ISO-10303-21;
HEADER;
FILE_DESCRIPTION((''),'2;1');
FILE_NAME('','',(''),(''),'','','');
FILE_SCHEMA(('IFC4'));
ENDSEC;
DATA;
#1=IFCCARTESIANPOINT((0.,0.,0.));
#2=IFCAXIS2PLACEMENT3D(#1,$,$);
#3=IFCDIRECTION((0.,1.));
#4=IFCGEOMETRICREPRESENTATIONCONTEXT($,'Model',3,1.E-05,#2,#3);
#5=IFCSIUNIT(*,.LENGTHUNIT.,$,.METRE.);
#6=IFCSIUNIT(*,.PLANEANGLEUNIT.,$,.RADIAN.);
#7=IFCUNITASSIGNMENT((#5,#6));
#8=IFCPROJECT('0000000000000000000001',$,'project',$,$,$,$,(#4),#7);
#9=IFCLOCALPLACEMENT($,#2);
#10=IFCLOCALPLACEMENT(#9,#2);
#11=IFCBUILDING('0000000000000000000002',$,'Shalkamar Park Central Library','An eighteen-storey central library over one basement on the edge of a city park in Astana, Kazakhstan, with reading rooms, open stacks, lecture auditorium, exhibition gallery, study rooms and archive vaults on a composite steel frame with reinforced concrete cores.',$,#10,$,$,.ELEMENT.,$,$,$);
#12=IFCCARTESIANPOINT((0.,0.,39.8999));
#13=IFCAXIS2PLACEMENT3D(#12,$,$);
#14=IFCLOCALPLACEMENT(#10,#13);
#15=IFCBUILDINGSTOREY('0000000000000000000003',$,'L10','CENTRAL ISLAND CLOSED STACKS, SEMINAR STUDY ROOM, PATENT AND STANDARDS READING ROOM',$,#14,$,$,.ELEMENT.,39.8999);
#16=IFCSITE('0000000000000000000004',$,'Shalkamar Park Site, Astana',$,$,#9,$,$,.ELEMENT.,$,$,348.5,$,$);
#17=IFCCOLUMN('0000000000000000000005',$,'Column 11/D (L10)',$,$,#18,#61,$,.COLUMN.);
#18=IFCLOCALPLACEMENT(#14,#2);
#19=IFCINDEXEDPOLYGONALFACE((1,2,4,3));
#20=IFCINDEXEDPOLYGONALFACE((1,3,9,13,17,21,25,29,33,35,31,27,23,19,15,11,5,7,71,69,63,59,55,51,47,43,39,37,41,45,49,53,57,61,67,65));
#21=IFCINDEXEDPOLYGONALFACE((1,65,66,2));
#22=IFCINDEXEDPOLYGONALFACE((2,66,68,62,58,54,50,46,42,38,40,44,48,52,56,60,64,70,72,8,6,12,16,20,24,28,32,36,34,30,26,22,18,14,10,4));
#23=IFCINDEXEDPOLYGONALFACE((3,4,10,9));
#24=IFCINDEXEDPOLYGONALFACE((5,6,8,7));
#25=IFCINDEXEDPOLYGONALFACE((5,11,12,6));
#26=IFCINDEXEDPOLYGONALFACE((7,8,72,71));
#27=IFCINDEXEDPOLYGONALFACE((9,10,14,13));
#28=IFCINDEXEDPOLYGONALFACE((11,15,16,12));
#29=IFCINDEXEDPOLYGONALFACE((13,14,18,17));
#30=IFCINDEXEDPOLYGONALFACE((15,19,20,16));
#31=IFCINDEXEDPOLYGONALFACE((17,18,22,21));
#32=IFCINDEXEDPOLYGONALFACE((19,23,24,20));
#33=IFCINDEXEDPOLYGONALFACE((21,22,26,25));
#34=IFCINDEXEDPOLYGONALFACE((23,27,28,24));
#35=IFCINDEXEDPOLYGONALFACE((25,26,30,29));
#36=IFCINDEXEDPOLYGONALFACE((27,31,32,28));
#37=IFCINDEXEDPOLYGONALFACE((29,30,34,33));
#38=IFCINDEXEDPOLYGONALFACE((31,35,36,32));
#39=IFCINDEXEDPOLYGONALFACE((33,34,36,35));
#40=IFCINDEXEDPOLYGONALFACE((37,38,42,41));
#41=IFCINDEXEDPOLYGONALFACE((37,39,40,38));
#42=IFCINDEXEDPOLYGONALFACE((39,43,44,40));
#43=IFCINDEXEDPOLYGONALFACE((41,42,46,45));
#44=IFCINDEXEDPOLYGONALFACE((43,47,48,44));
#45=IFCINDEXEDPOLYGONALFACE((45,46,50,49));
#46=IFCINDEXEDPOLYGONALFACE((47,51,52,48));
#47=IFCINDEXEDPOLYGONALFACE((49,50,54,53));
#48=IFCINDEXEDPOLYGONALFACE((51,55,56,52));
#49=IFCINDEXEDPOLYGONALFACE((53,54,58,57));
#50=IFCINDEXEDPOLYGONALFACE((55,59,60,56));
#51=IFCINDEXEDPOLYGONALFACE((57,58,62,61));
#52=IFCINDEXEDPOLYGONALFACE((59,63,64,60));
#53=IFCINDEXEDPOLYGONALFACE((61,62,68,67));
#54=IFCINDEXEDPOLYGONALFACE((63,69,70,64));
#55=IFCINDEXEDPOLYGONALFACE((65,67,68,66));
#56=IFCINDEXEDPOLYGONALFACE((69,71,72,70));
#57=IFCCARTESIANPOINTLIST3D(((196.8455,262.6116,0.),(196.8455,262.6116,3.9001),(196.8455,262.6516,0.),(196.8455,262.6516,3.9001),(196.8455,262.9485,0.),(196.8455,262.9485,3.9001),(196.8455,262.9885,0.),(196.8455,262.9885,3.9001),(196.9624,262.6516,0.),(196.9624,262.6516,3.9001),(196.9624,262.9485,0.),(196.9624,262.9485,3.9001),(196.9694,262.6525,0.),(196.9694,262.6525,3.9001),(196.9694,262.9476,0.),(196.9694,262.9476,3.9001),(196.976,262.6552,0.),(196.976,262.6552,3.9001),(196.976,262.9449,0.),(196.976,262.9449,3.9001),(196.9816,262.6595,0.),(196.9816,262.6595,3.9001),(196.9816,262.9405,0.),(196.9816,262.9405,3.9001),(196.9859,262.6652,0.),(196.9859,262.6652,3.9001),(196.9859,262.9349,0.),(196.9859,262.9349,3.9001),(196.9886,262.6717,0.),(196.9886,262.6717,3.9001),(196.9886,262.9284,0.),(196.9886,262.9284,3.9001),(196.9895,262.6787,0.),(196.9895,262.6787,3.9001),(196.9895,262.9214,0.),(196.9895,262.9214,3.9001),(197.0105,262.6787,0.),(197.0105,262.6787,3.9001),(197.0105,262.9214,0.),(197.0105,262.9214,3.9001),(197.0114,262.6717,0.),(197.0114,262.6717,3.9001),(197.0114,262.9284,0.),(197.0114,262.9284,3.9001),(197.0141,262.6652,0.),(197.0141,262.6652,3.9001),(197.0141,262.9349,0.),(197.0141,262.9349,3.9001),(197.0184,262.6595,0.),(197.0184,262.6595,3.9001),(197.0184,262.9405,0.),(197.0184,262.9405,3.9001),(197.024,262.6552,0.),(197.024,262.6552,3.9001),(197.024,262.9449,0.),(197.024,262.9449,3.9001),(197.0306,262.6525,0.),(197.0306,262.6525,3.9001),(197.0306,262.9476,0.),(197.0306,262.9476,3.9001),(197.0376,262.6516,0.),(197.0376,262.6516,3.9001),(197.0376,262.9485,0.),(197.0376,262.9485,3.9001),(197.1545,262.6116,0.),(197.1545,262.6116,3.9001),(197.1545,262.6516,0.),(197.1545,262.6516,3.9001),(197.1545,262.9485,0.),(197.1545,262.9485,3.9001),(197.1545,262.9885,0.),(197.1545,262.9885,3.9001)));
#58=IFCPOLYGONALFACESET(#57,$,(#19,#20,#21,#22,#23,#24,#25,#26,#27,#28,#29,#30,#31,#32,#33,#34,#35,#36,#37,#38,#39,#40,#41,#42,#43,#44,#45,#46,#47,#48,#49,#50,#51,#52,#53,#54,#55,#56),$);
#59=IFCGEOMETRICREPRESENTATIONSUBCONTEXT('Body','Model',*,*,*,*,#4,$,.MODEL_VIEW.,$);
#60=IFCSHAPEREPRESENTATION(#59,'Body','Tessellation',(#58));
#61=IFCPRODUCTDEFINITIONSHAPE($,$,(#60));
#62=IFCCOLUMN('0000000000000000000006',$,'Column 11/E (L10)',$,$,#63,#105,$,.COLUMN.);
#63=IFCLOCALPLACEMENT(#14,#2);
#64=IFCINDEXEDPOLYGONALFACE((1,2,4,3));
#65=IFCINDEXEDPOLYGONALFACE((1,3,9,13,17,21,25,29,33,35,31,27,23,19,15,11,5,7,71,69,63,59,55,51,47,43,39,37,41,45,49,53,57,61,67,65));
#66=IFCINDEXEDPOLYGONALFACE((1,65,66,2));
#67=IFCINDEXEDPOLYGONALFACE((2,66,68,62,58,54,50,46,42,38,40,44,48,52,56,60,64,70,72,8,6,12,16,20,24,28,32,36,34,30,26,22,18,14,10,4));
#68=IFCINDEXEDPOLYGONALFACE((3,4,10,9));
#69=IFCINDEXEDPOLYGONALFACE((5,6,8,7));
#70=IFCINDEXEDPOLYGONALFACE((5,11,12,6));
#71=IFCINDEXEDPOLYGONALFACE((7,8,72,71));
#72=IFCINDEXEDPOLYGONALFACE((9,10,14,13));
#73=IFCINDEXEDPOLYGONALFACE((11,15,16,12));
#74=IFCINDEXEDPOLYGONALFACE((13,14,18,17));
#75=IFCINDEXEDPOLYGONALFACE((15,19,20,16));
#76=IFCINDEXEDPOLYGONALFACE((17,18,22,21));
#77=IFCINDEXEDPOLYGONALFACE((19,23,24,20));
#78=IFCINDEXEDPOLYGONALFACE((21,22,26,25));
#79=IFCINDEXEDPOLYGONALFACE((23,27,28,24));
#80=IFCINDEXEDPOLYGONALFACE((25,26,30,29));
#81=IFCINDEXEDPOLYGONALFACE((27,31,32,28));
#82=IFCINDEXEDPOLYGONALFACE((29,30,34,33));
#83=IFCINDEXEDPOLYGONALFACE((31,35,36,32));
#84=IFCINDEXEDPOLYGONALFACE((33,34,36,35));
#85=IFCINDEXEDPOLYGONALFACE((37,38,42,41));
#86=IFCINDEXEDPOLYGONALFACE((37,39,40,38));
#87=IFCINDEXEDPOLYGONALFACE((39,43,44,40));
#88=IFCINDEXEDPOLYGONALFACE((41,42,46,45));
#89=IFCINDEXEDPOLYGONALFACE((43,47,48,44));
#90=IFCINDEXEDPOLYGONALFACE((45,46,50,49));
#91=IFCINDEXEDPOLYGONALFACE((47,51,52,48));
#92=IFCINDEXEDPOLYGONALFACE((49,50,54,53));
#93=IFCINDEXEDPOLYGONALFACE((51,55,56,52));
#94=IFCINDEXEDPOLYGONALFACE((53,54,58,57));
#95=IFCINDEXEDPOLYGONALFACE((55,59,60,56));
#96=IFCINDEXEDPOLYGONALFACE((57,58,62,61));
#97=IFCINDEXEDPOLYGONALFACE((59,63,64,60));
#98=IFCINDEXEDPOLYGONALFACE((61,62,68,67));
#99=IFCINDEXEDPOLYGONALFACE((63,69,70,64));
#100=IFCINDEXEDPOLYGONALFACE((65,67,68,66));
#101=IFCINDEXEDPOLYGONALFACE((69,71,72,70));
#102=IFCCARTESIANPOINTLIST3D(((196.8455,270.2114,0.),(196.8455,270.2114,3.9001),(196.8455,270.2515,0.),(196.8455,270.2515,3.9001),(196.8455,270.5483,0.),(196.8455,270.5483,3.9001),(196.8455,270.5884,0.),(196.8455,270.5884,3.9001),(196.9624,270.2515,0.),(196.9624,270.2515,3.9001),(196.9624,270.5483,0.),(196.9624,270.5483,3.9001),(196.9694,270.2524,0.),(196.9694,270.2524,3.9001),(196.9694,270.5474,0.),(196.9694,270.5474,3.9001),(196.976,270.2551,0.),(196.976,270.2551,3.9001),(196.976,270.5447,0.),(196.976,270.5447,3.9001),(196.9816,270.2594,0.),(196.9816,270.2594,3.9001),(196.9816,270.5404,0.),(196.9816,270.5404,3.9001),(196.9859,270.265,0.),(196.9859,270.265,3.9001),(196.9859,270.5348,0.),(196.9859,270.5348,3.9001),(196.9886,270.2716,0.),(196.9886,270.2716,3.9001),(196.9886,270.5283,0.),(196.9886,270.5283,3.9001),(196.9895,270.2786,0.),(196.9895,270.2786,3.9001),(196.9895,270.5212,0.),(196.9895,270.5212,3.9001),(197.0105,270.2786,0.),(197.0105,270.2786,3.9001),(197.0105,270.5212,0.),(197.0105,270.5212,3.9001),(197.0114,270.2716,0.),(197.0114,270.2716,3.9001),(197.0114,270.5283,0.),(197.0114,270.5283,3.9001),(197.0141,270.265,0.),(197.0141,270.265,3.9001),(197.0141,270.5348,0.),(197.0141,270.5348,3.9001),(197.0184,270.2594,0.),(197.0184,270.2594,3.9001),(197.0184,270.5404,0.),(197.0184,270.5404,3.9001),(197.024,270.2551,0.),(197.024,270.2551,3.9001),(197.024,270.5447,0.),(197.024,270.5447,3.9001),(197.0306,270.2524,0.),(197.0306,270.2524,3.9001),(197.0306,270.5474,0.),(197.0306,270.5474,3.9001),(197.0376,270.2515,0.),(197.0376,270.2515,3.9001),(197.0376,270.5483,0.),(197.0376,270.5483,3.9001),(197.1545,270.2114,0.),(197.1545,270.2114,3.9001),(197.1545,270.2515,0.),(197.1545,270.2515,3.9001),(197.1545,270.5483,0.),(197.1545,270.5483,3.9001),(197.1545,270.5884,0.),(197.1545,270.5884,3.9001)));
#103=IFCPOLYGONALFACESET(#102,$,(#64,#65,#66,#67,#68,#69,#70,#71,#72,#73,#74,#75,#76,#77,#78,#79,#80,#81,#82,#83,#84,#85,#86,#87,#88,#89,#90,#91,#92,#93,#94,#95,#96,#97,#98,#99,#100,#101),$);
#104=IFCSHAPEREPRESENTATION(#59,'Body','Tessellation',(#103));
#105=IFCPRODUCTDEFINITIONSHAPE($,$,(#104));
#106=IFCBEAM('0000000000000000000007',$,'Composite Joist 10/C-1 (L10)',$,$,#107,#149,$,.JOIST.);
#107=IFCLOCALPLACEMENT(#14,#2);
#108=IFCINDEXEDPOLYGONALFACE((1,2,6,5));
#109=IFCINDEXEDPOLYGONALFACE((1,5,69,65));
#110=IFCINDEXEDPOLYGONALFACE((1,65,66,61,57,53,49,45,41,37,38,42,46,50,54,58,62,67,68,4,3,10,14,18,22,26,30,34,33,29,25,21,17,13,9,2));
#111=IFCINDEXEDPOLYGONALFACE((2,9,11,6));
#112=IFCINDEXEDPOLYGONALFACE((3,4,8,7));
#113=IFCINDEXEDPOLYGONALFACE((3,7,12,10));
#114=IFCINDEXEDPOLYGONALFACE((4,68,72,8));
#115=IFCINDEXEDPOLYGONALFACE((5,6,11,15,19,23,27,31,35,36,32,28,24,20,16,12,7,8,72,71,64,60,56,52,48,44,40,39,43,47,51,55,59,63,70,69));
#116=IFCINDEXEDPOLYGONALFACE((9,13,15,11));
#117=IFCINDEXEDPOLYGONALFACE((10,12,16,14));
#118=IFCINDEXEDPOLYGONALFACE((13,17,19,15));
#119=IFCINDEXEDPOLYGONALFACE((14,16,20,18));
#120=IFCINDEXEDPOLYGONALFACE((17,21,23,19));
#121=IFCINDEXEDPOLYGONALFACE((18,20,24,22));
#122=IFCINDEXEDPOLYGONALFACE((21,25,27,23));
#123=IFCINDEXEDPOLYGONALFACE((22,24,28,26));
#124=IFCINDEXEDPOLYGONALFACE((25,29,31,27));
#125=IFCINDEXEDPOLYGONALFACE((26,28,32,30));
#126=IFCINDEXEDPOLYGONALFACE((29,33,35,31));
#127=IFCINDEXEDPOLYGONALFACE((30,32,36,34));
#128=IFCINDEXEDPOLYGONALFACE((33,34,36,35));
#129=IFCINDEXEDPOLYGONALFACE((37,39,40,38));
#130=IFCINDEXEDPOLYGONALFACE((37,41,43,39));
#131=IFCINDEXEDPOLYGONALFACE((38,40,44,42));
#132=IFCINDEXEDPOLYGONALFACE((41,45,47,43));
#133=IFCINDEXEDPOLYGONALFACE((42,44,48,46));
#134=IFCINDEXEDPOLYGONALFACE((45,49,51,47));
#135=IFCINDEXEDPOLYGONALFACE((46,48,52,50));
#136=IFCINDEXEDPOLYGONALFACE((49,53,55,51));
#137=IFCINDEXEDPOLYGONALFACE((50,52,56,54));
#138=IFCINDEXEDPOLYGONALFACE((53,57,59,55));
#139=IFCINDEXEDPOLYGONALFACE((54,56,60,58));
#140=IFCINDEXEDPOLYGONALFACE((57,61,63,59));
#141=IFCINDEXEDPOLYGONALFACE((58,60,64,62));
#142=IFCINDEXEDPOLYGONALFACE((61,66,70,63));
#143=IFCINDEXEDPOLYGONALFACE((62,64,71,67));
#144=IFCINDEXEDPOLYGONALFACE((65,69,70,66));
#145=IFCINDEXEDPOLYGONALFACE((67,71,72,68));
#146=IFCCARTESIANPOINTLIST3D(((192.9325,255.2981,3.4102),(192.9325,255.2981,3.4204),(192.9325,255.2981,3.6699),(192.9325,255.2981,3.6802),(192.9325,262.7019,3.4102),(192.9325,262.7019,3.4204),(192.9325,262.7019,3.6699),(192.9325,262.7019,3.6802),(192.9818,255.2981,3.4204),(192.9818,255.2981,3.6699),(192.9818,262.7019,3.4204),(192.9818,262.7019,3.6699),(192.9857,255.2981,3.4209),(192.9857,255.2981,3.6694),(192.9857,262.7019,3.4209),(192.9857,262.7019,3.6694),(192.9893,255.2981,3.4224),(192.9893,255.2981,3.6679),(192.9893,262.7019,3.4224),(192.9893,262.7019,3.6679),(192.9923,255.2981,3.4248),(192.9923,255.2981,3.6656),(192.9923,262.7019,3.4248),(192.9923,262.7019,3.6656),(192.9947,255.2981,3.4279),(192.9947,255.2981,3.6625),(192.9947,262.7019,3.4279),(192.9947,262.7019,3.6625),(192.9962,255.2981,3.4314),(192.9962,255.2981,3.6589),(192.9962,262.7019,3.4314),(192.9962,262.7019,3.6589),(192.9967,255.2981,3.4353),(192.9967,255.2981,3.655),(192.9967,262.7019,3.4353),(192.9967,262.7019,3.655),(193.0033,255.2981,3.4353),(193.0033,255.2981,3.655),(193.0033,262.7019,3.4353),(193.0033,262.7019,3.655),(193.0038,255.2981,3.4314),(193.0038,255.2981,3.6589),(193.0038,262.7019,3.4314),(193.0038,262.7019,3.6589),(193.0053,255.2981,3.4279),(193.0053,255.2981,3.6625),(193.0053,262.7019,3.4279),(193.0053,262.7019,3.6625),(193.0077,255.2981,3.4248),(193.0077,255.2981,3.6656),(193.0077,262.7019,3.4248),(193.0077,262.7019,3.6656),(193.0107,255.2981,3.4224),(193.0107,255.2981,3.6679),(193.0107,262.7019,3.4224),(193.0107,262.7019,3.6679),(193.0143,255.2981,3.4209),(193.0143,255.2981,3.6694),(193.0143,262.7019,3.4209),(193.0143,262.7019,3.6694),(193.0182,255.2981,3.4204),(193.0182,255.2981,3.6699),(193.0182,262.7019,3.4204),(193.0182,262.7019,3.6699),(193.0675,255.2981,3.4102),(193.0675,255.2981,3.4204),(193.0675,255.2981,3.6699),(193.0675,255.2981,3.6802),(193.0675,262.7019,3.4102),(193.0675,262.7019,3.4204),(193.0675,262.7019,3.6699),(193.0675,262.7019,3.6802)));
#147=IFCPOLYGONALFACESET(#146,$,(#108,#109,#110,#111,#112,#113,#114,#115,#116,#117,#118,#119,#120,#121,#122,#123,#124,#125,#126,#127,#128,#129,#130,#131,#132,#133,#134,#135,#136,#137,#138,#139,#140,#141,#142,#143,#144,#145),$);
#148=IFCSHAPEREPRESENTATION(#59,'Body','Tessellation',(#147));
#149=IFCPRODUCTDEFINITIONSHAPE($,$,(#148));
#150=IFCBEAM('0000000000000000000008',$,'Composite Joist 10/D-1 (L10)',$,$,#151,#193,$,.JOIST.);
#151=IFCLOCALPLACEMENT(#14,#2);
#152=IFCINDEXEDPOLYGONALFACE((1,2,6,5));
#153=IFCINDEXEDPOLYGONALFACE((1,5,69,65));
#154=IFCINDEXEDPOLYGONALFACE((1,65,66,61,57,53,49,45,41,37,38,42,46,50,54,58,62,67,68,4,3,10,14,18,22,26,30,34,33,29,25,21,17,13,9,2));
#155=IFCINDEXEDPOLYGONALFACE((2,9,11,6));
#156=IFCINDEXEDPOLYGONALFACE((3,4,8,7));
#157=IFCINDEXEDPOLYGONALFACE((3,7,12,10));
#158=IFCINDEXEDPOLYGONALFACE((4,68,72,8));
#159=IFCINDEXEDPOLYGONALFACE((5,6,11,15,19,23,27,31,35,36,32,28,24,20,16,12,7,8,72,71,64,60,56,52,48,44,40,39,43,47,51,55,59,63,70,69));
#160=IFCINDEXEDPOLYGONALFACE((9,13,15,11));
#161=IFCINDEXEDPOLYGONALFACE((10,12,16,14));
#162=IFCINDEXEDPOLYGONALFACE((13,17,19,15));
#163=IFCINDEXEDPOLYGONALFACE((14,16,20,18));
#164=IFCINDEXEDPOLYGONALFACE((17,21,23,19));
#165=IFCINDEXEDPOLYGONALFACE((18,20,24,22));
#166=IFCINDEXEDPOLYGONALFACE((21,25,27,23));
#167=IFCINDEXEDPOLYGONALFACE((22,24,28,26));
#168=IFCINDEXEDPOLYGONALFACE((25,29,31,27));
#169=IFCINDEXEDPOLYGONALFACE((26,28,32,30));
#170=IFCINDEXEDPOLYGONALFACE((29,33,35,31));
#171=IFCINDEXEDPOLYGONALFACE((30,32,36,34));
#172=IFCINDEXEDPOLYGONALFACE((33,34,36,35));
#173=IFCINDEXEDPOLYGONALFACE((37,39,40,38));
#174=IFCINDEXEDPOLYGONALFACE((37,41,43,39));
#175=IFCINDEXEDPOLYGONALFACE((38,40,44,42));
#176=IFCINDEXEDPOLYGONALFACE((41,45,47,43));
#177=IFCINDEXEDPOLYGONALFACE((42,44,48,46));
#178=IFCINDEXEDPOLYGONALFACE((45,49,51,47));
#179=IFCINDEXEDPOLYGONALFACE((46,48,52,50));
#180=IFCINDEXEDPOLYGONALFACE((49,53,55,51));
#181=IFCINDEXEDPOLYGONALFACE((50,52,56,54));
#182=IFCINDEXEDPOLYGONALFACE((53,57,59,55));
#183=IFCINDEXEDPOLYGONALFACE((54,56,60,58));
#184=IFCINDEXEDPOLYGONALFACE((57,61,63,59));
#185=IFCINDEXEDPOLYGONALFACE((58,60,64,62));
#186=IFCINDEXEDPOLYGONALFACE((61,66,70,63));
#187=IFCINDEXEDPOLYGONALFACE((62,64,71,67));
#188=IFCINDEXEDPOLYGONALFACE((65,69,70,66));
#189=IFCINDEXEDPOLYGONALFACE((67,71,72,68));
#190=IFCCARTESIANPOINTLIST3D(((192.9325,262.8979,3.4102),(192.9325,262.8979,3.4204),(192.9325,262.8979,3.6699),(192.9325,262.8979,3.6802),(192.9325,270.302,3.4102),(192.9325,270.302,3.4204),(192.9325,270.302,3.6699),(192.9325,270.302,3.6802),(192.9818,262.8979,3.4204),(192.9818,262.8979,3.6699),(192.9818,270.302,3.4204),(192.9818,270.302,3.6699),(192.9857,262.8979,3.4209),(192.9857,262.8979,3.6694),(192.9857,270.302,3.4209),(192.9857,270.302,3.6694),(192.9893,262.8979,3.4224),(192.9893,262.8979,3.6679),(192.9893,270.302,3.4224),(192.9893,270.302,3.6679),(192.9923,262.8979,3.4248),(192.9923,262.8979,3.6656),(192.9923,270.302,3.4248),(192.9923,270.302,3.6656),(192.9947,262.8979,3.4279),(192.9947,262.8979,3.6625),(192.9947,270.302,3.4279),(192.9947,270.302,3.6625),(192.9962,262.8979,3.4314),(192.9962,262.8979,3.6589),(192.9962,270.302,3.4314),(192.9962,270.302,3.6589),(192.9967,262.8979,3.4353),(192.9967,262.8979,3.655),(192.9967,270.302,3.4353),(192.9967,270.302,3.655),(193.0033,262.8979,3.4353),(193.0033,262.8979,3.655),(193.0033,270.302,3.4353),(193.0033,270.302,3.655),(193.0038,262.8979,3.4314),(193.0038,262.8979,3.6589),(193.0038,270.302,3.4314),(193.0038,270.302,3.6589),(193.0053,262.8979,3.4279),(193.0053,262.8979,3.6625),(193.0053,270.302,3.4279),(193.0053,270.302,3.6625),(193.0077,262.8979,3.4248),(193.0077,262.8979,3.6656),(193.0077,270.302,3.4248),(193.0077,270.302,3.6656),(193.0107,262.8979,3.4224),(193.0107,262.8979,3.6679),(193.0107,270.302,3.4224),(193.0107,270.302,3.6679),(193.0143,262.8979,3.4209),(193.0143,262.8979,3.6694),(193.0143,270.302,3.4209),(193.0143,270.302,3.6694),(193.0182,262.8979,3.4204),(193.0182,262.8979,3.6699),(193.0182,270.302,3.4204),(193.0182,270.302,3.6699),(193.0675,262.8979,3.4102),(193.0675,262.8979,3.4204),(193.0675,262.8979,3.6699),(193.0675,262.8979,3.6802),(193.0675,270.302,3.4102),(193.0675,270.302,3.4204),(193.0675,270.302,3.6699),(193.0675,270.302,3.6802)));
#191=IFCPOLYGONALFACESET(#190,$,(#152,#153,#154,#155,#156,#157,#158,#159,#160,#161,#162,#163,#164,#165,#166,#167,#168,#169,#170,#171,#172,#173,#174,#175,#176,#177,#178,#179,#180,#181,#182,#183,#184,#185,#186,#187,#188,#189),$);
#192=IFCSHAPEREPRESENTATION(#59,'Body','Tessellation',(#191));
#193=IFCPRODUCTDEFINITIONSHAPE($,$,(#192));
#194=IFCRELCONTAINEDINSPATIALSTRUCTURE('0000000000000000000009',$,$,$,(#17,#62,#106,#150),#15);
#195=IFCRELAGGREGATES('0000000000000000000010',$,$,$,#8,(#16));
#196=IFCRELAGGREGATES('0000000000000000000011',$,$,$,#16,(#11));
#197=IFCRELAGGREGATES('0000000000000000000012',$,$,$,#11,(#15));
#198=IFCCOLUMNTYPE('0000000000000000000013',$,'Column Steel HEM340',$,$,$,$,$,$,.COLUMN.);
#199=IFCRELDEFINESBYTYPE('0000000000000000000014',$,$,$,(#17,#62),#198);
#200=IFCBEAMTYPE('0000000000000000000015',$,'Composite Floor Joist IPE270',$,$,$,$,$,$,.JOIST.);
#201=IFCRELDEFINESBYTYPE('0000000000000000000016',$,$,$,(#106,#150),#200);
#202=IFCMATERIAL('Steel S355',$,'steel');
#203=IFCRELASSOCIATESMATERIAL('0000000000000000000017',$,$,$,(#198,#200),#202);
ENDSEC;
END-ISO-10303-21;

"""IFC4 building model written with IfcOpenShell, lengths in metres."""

from ifc_helpers import new_model, si_unit, direction, frame, origin, origin_2d, place, context, subcontext, project, spatial, i_section, extrude, material, material_profile, profile_set, type_object, element, save


model = new_model("IFC4")

# Units and contexts
model_context = context("Model", 3, precision=1e-05, world=origin(), true_north=direction((0.0, 1.0)))
body_context = subcontext(model_context, "Body", "Model", "MODEL_VIEW")
ifc_project = project(units=[si_unit("LENGTHUNIT", "METRE"), si_unit("PLANEANGLEUNIT", "RADIAN")], contexts=[model_context])

# Site, building, storey
site_placement = place(None, origin())
site = spatial("IfcSite", under=ifc_project, at=site_placement, Name="Shalkamar Park Site, Astana", CompositionType="ELEMENT", RefElevation=348.5)
building_placement = place(site_placement, origin())
building = spatial("IfcBuilding", under=site, at=building_placement, Name="Shalkamar Park Central Library", Description="An eighteen-storey central library over one basement on the edge of a city park in Astana, Kazakhstan, with reading rooms, open stacks, lecture auditorium, exhibition gallery, study rooms and archive vaults on a composite steel frame with reinforced concrete cores.", CompositionType="ELEMENT")
storey_placement = place(building_placement, frame((0.0, 0.0, 39.8999)))
storey = spatial("IfcBuildingStorey", under=building, at=storey_placement, Name="L10", Description="CENTRAL ISLAND CLOSED STACKS, SEMINAR STUDY ROOM, PATENT AND STANDARDS READING ROOM", CompositionType="ELEMENT", Elevation=39.8999)

# Columns
ifc_material_1 = material(Name="Steel S355", Category="steel")
ifc_material_profile_1 = material_profile(ifc_material_1, i_section(OverallWidth=0.3091, OverallDepth=0.377, WebThickness=0.021, FlangeThickness=0.04, FilletRadius=0.0271, at=origin_2d()), Name="HEM 340")
ifc_profile_set_1 = profile_set([ifc_material_profile_1], Name="Steel S355")
column_type_1 = type_object("IfcColumnType", Name="Column Steel HEM340", PredefinedType="COLUMN", material=ifc_profile_set_1)
for number, where, z_axis, x_axis, name in (
    (1, (197.0, 262.8, 0.0), (0.0, 0.0, 1.0), (1.0, 0.0, 0.0), "Column 11/D (L10)"),
    (2, (197.0, 270.3999, 0.0), (0.0, 0.0, 1.0), (1.0, 0.0, 0.0), "Column 11/E (L10)"),
):
    element("IfcColumn", number, at=place(storey_placement, frame(where, z_axis=z_axis, x_axis=x_axis)), inside=storey, type_object=column_type_1, Name=name, PredefinedType="COLUMN", context=body_context, shape_type="SweptSolid", body=[
        extrude(i_section(OverallWidth=0.3091, OverallDepth=0.377, WebThickness=0.021, FlangeThickness=0.04, FilletRadius=0.0271, at=origin_2d()), origin(), (0.0, 0.0, 1.0), 3.9001),
    ])

# Beams
ifc_material_profile_2 = material_profile(ifc_material_1, i_section(OverallWidth=0.135, OverallDepth=0.27, WebThickness=0.0066, FlangeThickness=0.0103, FilletRadius=0.0149, at=origin_2d()), Name="IPE 270")
ifc_profile_set_2 = profile_set([ifc_material_profile_2], Name="Steel S355")
beam_type_1 = type_object("IfcBeamType", Name="Composite Floor Joist IPE270", PredefinedType="JOIST", material=ifc_profile_set_2)
beam_1_placement = place(storey_placement, frame((193.0, 255.2981, 3.5452), z_axis=(0.0, 1.0, 0.0), x_axis=(-1.0, 0.0, 0.0)))
element("IfcBeam", 3, at=beam_1_placement, inside=storey, type_object=beam_type_1, Name="Composite Joist 10/C-1 (L10)", PredefinedType="JOIST", context=body_context, shape_type="SweptSolid", body=[
    extrude(i_section(OverallWidth=0.135, OverallDepth=0.27, WebThickness=0.0066, FlangeThickness=0.0103, FilletRadius=0.0149, at=origin_2d()), origin(), (0.0, 0.0, 1.0), 7.4038),
])
beam_2_placement = place(storey_placement, frame((193.0, 262.8979, 3.5452), z_axis=(0.0, 1.0, 0.0), x_axis=(-1.0, 0.0, 0.0)))
element("IfcBeam", 4, at=beam_2_placement, inside=storey, type_object=beam_type_1, Name="Composite Joist 10/D-1 (L10)", PredefinedType="JOIST", context=body_context, shape_type="SweptSolid", body=[
    extrude(i_section(OverallWidth=0.135, OverallDepth=0.27, WebThickness=0.0066, FlangeThickness=0.0103, FilletRadius=0.0149, at=origin_2d()), origin(), (0.0, 0.0, 1.0), 7.4041),
])

save(model, "model.ifc")
